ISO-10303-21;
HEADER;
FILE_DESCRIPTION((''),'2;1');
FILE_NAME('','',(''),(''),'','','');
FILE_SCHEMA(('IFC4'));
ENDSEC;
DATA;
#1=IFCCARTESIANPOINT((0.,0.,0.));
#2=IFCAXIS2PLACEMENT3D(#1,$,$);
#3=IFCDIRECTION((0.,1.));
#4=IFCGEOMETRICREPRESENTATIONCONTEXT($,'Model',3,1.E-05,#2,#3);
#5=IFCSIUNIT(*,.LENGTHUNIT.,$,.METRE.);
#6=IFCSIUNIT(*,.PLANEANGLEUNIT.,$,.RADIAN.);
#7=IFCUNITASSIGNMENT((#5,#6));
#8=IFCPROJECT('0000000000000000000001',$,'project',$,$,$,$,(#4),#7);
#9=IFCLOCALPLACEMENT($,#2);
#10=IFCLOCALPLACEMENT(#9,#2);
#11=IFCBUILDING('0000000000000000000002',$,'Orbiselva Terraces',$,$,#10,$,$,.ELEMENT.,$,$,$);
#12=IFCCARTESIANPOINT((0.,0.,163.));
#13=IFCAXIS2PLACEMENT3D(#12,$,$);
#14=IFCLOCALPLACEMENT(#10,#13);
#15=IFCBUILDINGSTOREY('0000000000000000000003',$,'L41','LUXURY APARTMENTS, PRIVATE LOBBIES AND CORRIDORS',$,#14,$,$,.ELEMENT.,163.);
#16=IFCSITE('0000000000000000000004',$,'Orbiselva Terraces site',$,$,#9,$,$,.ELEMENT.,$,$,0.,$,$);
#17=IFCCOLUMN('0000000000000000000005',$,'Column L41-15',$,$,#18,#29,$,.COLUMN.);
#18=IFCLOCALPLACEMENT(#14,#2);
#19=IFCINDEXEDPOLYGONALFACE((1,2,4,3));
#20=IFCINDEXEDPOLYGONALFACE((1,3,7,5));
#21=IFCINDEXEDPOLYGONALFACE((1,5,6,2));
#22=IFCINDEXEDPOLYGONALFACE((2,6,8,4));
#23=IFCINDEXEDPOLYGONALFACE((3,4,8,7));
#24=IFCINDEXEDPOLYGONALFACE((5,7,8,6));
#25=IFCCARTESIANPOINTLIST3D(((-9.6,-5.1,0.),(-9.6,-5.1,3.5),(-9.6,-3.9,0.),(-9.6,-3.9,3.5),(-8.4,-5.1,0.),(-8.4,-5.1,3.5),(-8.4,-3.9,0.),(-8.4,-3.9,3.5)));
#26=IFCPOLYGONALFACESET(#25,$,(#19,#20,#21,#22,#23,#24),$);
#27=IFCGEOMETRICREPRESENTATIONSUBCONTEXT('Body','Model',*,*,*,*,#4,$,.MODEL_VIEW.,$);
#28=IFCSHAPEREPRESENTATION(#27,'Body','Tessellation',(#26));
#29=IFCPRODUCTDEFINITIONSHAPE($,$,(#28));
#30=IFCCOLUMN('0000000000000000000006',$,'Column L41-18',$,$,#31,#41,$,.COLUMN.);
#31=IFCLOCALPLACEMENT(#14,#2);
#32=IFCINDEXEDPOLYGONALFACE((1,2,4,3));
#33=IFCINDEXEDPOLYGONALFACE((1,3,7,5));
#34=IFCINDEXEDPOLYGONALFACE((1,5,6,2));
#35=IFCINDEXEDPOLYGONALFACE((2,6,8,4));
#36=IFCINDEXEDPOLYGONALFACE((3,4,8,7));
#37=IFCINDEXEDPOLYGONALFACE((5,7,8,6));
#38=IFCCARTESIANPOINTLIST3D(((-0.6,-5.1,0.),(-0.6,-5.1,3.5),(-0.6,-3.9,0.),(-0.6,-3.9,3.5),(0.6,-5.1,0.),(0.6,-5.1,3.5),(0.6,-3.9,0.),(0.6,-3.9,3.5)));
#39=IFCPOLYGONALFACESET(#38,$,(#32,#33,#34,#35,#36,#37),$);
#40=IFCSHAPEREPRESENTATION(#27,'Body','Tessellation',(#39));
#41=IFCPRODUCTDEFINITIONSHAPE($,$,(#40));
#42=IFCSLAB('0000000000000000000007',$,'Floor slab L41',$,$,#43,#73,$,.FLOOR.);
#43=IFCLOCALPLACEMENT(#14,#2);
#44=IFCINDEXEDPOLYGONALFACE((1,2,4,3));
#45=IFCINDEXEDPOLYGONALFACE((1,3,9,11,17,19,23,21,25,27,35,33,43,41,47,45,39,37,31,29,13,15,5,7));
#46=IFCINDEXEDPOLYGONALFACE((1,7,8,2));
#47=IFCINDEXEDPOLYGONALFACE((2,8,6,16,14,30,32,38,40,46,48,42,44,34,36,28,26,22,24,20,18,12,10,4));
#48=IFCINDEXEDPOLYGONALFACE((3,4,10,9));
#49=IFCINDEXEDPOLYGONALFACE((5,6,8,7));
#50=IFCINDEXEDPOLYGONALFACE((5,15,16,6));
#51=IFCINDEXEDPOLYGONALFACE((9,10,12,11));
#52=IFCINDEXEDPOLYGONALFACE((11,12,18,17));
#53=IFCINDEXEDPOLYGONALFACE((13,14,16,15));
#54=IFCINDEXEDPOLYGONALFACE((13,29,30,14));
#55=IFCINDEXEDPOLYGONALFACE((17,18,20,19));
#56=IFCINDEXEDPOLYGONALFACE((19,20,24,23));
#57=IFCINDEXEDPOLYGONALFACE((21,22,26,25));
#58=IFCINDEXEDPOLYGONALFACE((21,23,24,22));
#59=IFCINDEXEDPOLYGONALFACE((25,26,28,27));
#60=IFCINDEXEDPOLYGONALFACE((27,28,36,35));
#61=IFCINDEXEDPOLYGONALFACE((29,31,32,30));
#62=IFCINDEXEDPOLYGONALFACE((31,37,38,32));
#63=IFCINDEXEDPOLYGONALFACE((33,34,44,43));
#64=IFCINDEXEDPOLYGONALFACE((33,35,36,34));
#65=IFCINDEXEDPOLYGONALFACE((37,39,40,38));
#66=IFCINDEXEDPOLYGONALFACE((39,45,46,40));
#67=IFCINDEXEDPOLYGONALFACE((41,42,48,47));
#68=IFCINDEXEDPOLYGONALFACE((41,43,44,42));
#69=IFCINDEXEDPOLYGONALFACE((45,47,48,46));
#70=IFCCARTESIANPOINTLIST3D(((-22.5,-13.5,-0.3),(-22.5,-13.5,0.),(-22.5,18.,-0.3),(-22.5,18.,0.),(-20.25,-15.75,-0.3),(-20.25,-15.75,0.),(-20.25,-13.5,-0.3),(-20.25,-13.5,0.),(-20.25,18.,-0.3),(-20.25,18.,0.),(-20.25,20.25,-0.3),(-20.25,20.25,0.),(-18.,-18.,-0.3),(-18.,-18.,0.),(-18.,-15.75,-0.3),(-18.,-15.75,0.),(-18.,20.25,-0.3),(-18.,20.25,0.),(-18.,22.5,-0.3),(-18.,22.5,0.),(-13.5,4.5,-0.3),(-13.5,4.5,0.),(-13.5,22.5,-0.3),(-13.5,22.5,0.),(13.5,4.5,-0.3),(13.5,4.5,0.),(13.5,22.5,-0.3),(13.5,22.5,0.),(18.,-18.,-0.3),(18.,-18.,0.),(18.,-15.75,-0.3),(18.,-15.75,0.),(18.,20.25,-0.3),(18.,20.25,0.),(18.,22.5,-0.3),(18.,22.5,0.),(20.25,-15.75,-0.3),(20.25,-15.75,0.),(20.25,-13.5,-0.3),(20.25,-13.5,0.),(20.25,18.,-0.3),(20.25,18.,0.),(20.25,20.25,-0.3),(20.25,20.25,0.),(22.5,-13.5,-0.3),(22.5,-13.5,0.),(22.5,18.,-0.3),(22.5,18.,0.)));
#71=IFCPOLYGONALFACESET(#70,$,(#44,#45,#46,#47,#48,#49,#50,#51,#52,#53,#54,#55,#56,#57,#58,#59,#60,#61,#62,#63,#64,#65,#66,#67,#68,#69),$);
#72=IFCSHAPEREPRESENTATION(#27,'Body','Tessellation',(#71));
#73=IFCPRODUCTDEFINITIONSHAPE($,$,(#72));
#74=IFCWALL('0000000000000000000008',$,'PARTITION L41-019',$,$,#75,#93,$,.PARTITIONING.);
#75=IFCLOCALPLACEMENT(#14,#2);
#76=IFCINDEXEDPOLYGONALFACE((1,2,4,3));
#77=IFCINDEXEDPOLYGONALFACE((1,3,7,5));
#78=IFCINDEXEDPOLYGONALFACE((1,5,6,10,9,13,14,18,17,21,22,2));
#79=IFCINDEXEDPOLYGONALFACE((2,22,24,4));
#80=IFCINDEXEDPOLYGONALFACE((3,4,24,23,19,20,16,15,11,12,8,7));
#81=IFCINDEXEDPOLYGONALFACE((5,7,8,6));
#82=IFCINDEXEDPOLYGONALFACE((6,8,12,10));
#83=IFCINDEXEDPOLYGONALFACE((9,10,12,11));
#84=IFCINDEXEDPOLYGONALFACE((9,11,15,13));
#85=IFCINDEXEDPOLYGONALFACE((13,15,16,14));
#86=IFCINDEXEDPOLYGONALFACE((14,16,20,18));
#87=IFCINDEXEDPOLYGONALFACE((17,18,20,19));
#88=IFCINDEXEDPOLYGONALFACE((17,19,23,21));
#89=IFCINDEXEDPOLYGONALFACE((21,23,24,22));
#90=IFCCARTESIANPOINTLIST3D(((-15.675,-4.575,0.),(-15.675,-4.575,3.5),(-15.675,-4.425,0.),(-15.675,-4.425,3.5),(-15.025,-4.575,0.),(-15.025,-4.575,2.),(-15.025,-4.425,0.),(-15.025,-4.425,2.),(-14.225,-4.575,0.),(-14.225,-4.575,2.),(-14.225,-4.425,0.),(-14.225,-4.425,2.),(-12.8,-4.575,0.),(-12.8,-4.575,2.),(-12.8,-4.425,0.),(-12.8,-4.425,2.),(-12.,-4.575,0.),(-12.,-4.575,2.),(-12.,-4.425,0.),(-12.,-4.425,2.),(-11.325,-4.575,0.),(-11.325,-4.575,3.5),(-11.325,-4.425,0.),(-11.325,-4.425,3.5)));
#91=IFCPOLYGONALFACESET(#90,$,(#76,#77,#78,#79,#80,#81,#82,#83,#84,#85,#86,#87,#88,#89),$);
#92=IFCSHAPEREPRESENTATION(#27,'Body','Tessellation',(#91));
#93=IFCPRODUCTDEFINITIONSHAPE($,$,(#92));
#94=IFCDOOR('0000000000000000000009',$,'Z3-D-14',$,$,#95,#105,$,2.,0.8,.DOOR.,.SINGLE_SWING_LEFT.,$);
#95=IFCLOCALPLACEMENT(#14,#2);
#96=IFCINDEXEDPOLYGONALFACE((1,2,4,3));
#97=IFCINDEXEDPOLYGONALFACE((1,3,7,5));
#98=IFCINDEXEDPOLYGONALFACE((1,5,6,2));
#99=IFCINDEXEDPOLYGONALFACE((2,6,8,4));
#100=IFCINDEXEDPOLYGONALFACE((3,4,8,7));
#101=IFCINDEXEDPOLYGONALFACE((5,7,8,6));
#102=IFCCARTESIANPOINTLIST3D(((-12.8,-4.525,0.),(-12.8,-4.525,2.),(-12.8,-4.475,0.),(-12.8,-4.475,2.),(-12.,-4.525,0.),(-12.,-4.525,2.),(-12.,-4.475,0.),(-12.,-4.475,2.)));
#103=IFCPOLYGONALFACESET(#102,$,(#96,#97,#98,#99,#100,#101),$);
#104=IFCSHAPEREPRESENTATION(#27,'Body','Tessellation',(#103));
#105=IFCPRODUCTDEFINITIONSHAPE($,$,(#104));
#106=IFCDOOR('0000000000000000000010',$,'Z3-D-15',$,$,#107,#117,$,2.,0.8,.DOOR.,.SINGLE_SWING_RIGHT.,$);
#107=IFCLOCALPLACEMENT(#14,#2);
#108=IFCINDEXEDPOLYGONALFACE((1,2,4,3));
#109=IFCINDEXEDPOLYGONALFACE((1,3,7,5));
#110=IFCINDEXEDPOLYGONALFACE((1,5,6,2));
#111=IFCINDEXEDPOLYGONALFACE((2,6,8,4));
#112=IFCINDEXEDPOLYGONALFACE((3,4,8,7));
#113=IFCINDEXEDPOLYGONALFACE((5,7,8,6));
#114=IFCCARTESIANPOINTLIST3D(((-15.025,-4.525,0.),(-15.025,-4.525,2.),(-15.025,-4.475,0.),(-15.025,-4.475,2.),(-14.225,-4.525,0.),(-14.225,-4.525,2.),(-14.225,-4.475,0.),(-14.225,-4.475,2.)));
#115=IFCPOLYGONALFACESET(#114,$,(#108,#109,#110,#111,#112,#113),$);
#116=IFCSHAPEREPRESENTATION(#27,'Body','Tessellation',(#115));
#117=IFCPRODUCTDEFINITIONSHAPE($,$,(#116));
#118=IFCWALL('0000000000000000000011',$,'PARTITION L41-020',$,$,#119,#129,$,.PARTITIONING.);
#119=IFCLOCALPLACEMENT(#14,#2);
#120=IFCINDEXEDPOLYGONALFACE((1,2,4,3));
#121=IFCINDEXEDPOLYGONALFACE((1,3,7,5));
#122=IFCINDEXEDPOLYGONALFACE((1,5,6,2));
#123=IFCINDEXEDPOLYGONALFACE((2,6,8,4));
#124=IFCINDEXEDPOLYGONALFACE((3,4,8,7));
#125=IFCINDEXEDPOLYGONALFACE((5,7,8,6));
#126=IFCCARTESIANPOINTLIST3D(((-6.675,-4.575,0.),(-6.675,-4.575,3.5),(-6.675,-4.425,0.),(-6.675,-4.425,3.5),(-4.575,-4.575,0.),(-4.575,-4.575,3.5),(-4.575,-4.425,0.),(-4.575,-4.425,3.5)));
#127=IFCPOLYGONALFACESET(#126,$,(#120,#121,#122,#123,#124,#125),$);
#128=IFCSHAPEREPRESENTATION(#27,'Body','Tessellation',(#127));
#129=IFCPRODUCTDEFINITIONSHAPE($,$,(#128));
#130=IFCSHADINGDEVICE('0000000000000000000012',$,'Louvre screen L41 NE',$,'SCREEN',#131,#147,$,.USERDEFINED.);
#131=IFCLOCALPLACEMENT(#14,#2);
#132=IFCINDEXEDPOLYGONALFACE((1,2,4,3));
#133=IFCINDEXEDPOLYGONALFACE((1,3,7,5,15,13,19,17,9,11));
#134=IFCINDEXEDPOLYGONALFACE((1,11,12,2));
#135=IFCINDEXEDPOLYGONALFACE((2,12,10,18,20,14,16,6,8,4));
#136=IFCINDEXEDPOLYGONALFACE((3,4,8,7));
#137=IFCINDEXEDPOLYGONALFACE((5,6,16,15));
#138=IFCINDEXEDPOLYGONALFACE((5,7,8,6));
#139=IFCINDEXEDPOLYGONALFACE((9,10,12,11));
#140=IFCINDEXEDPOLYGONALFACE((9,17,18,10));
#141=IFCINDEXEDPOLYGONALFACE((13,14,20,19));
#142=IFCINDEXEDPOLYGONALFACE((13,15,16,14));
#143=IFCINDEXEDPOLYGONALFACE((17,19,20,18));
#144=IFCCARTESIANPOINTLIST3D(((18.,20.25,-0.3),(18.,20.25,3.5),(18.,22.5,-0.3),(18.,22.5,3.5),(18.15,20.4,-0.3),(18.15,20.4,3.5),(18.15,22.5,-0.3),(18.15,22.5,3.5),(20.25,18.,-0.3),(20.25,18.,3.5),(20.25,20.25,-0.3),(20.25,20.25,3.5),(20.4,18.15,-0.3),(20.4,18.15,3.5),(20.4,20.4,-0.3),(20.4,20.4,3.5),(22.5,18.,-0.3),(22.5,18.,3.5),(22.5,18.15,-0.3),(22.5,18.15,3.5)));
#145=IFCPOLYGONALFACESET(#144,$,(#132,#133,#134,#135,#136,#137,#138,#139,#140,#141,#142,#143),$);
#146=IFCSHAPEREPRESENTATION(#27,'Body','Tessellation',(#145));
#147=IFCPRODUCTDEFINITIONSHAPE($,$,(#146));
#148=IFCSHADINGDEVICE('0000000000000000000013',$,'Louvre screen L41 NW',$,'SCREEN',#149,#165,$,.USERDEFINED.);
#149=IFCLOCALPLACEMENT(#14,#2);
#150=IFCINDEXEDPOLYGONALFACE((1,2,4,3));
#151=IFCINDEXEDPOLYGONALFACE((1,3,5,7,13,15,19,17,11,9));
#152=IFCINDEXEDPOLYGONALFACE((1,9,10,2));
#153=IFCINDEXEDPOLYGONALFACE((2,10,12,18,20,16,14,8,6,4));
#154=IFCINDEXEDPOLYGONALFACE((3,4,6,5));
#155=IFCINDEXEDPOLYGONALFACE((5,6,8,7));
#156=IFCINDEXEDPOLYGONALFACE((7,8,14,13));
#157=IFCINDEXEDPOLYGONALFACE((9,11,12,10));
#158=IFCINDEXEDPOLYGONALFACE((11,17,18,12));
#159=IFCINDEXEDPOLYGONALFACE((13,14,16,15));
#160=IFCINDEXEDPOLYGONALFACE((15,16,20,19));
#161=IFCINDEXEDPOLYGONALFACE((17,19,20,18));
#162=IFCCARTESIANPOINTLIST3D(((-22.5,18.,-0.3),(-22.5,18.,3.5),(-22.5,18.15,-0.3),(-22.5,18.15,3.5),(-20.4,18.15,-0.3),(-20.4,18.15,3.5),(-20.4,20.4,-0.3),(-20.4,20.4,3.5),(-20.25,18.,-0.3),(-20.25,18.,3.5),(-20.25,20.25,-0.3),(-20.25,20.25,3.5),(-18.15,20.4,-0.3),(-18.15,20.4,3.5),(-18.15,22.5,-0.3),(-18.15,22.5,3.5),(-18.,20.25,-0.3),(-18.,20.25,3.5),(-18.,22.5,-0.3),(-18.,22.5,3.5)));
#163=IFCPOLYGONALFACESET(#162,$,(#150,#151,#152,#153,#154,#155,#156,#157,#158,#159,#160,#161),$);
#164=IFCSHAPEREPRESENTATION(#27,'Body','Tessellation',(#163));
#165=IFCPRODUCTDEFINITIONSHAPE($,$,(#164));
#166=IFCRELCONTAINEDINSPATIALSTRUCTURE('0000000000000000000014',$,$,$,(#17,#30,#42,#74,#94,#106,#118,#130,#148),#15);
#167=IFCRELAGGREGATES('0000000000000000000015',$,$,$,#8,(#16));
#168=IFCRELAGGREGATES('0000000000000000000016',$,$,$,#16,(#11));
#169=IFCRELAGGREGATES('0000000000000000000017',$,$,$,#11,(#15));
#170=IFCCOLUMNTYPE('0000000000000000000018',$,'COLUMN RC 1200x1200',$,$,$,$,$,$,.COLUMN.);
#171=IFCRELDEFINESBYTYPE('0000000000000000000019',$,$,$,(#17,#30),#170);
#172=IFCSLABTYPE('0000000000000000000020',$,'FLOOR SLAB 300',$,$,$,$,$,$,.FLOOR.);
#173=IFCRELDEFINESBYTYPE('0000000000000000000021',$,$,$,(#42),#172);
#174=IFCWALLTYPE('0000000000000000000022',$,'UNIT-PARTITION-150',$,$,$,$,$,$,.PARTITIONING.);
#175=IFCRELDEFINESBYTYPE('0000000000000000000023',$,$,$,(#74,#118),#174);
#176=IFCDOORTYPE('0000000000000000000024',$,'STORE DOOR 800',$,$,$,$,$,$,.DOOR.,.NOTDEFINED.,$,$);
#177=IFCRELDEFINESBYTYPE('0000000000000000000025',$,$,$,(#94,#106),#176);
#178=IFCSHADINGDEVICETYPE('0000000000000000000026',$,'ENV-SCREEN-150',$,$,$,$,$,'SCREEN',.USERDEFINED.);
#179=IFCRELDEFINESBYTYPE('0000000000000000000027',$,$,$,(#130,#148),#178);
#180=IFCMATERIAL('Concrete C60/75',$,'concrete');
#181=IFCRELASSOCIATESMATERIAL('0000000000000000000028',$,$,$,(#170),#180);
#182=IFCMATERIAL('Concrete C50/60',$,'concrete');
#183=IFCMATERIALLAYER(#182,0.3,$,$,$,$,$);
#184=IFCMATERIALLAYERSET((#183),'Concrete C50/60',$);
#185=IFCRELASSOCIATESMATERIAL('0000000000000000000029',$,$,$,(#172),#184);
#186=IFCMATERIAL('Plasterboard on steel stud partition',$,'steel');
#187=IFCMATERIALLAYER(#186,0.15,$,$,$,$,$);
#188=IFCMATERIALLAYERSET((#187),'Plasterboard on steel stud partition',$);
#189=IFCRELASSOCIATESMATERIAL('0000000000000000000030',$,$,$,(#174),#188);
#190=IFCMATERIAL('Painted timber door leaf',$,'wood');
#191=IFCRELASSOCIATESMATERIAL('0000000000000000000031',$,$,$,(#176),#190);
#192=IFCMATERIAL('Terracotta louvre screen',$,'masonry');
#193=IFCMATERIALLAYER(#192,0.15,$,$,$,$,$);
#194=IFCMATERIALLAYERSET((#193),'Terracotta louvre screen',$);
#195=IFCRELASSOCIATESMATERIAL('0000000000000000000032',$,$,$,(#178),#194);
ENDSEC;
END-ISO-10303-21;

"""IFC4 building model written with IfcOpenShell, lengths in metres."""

from ifc_helpers import new_model, si_unit, direction, frame, frame_2d, origin, origin_2d, place, context, subcontext, project, spatial, polyline, rectangle, outline, extrude, material, layer, layer_set, material_profile, profile_set, type_object, element, fill, save


model = new_model("IFC4")

# Units and contexts
model_context = context("Model", 3, precision=1e-05, world=origin(), true_north=direction((0.0, 1.0)))
body_context = subcontext(model_context, "Body", "Model", "MODEL_VIEW")
ifc_project = project(units=[si_unit("LENGTHUNIT", "METRE"), si_unit("PLANEANGLEUNIT", "RADIAN")], contexts=[model_context])

# Site, building, storey
site_placement = place(None, origin())
site = spatial("IfcSite", under=ifc_project, at=site_placement, Name="Orbiselva Terraces site", CompositionType="ELEMENT", RefElevation=0.0)
building_placement = place(site_placement, origin())
building = spatial("IfcBuilding", under=site, at=building_placement, Name="Orbiselva Terraces", CompositionType="ELEMENT")
storey_placement = place(building_placement, frame((0.0, 0.0, 163.0)))
storey = spatial("IfcBuildingStorey", under=building, at=storey_placement, Name="L41", Description="LUXURY APARTMENTS, PRIVATE LOBBIES AND CORRIDORS", CompositionType="ELEMENT", Elevation=163.0)

# Columns
ifc_material_1 = material(Name="Concrete C60/75", Category="concrete")
ifc_material_profile = material_profile(ifc_material_1, rectangle(XDim=1.2, YDim=1.2, at=origin_2d()), Name="RC 1200x1200")
ifc_profile_set = profile_set([ifc_material_profile], Name="Concrete C60/75")
column_type = type_object("IfcColumnType", Name="COLUMN RC 1200x1200", PredefinedType="COLUMN", material=ifc_profile_set)
for number, where, z_axis, x_axis, name in (
    (1, (-9.0, -4.5, 0.0), (0.0, 0.0, 1.0), (1.0, 0.0, 0.0), "Column L41-15"),
    (2, (0.0, -4.5, 0.0), (0.0, 0.0, 1.0), (1.0, 0.0, 0.0), "Column L41-18"),
):
    element("IfcColumn", number, at=place(storey_placement, frame(where, z_axis=z_axis, x_axis=x_axis)), inside=storey, type_object=column_type, Name=name, PredefinedType="COLUMN", context=body_context, shape_type="SweptSolid", body=[
        extrude(rectangle(XDim=1.2, YDim=1.2, at=origin_2d()), origin(), (0.0, 0.0, 1.0), 3.5),
    ])

# Slab
ifc_material_2 = material(Name="Concrete C50/60", Category="concrete")
ifc_layer_1 = layer(ifc_material_2, 0.3)
ifc_layer_set_1 = layer_set([ifc_layer_1], Name="Concrete C50/60")
slab_type = type_object("IfcSlabType", Name="FLOOR SLAB 300", PredefinedType="FLOOR", material=ifc_layer_set_1)
slab_placement = place(storey_placement, frame((0.0, 0.0, -0.3)))
element("IfcSlab", 3, at=slab_placement, inside=storey, type_object=slab_type, Name="Floor slab L41", PredefinedType="FLOOR", context=body_context, shape_type="SweptSolid", body=[
    extrude(outline(polyline([(18.0, 22.5), (18.0, 20.25), (20.25, 20.25), (20.25, 18.0), (22.5, 18.0), (22.5, -13.5), (20.25, -13.5), (20.25, -15.75), (18.0, -15.75), (18.0, -18.0), (-18.0, -18.0), (-18.0, -15.75), (-20.25, -15.75), (-20.25, -13.5), (-22.5, -13.5), (-22.5, 18.0), (-20.25, 18.0), (-20.25, 20.25), (-18.0, 20.25), (-18.0, 22.5), (-13.5, 22.5), (-13.5, 4.5), (13.5, 4.5), (13.5, 22.5), (18.0, 22.5)])), origin(), (0.0, 0.0, 1.0), 0.3),
])

# Wall, openings, doors
ifc_material_3 = material(Name="Plasterboard on steel stud partition", Category="steel")
ifc_layer_2 = layer(ifc_material_3, 0.15)
ifc_layer_set_2 = layer_set([ifc_layer_2], Name="Plasterboard on steel stud partition")
wall_type = type_object("IfcWallType", Name="UNIT-PARTITION-150", PredefinedType="PARTITIONING", material=ifc_layer_set_2)
wall_1_placement = place(storey_placement, frame((-11.325, -4.5, 0.0), z_axis=(0.0, 0.0, 1.0), x_axis=(-1.0, 0.0, 0.0)))
wall_1 = element("IfcWall", 4, at=wall_1_placement, inside=storey, type_object=wall_type, Name="PARTITION L41-019", PredefinedType="PARTITIONING", context=body_context, shape_type="SweptSolid", body=[
    extrude(rectangle(XDim=4.35, YDim=0.15, at=frame_2d((2.175, 0.0))), origin(), (0.0, 0.0, 1.0), 3.5),
])
opening_1_placement = place(wall_1_placement, frame((0.675, 0.0, 0.0)))
opening_1 = element("IfcOpeningElement", 5, at=opening_1_placement, cuts=wall_1, PredefinedType="OPENING", context=body_context, shape_type="SweptSolid", body=[
    extrude(rectangle(XDim=0.8, YDim=2.0, at=frame_2d((0.4, 1.0))), frame((0.0, 0.085, 0.0), z_axis=(0.0, -1.0, 0.0), x_axis=(1.0, 0.0, 0.0)), (0.0, 0.0, 1.0), 0.17),
])
opening_2_placement = place(wall_1_placement, frame((2.9, 0.0, 0.0)))
opening_2 = element("IfcOpeningElement", 6, at=opening_2_placement, cuts=wall_1, PredefinedType="OPENING", context=body_context, shape_type="SweptSolid", body=[
    extrude(rectangle(XDim=0.8, YDim=2.0, at=frame_2d((0.4, 1.0))), frame((0.0, 0.085, 0.0), z_axis=(0.0, -1.0, 0.0), x_axis=(1.0, 0.0, 0.0)), (0.0, 0.0, 1.0), 0.17),
])
ifc_material_4 = material(Name="Painted timber door leaf", Category="wood")
door_type = type_object("IfcDoorType", Name="STORE DOOR 800", OperationType="NOTDEFINED", PredefinedType="DOOR", material=ifc_material_4)
door_1_placement = place(opening_1_placement, origin())
door_1 = element("IfcDoor", 7, at=door_1_placement, inside=storey, type_object=door_type, Name="Z3-D-14", OperationType="SINGLE_SWING_LEFT", OverallHeight=2.0, OverallWidth=0.8, PredefinedType="DOOR", context=body_context, shape_type="SweptSolid", body=[
    extrude(rectangle(XDim=0.8, YDim=2.0, at=frame_2d((0.4, 1.0))), frame((0.0, 0.025, 0.0), z_axis=(0.0, -1.0, 0.0), x_axis=(1.0, 0.0, 0.0)), (0.0, 0.0, 1.0), 0.05),
])
fill(opening_1, door_1)
door_2_placement = place(opening_2_placement, origin())
door_2 = element("IfcDoor", 8, at=door_2_placement, inside=storey, type_object=door_type, Name="Z3-D-15", OperationType="SINGLE_SWING_RIGHT", OverallHeight=2.0, OverallWidth=0.8, PredefinedType="DOOR", context=body_context, shape_type="SweptSolid", body=[
    extrude(rectangle(XDim=0.8, YDim=2.0, at=frame_2d((0.4, 1.0))), frame((0.0, 0.025, 0.0), z_axis=(0.0, -1.0, 0.0), x_axis=(1.0, 0.0, 0.0)), (0.0, 0.0, 1.0), 0.05),
])
fill(opening_2, door_2)

# Wall
wall_2_placement = place(storey_placement, frame((-6.675, -4.5, 0.0), z_axis=(0.0, 0.0, 1.0), x_axis=(1.0, 0.0, 0.0)))
element("IfcWall", 9, at=wall_2_placement, inside=storey, type_object=wall_type, Name="PARTITION L41-020", PredefinedType="PARTITIONING", context=body_context, shape_type="SweptSolid", body=[
    extrude(rectangle(XDim=2.1, YDim=0.15, at=frame_2d((1.05, 0.0))), origin(), (0.0, 0.0, 1.0), 3.5),
])

# Shading devices
ifc_material_5 = material(Name="Terracotta louvre screen", Category="masonry")
ifc_layer_3 = layer(ifc_material_5, 0.15)
ifc_layer_set_3 = layer_set([ifc_layer_3], Name="Terracotta louvre screen")
shading_device_type_1 = type_object("IfcShadingDeviceType", Name="ENV-SCREEN-150", ElementType="SCREEN", PredefinedType="USERDEFINED", material=ifc_layer_set_3)
shading_device_1_placement = place(storey_placement, frame((0.0, 0.0, -0.3)))
element("IfcShadingDevice", 10, at=shading_device_1_placement, inside=storey, type_object=shading_device_type_1, Name="Louvre screen L41 NE", ObjectType="SCREEN", PredefinedType="USERDEFINED", context=body_context, shape_type="SweptSolid", body=[
    extrude(outline(polyline([(22.5, 18.15), (20.4, 18.15), (20.4, 20.4), (18.15, 20.4), (18.15, 22.5), (18.0, 22.5), (18.0, 20.25), (20.25, 20.25), (20.25, 18.0), (22.5, 18.0), (22.5, 18.15)])), origin(), (0.0, 0.0, 1.0), 3.8),
])
shading_device_2_placement = place(storey_placement, frame((0.0, 0.0, -0.3)))
element("IfcShadingDevice", 11, at=shading_device_2_placement, inside=storey, type_object=shading_device_type_1, Name="Louvre screen L41 NW", ObjectType="SCREEN", PredefinedType="USERDEFINED", context=body_context, shape_type="SweptSolid", body=[
    extrude(outline(polyline([(-18.15, 22.5), (-18.15, 20.4), (-20.4, 20.4), (-20.4, 18.15), (-22.5, 18.15), (-22.5, 18.0), (-20.25, 18.0), (-20.25, 20.25), (-18.0, 20.25), (-18.0, 22.5), (-18.15, 22.5)])), origin(), (0.0, 0.0, 1.0), 3.8),
])

save(model, "model.ifc")
